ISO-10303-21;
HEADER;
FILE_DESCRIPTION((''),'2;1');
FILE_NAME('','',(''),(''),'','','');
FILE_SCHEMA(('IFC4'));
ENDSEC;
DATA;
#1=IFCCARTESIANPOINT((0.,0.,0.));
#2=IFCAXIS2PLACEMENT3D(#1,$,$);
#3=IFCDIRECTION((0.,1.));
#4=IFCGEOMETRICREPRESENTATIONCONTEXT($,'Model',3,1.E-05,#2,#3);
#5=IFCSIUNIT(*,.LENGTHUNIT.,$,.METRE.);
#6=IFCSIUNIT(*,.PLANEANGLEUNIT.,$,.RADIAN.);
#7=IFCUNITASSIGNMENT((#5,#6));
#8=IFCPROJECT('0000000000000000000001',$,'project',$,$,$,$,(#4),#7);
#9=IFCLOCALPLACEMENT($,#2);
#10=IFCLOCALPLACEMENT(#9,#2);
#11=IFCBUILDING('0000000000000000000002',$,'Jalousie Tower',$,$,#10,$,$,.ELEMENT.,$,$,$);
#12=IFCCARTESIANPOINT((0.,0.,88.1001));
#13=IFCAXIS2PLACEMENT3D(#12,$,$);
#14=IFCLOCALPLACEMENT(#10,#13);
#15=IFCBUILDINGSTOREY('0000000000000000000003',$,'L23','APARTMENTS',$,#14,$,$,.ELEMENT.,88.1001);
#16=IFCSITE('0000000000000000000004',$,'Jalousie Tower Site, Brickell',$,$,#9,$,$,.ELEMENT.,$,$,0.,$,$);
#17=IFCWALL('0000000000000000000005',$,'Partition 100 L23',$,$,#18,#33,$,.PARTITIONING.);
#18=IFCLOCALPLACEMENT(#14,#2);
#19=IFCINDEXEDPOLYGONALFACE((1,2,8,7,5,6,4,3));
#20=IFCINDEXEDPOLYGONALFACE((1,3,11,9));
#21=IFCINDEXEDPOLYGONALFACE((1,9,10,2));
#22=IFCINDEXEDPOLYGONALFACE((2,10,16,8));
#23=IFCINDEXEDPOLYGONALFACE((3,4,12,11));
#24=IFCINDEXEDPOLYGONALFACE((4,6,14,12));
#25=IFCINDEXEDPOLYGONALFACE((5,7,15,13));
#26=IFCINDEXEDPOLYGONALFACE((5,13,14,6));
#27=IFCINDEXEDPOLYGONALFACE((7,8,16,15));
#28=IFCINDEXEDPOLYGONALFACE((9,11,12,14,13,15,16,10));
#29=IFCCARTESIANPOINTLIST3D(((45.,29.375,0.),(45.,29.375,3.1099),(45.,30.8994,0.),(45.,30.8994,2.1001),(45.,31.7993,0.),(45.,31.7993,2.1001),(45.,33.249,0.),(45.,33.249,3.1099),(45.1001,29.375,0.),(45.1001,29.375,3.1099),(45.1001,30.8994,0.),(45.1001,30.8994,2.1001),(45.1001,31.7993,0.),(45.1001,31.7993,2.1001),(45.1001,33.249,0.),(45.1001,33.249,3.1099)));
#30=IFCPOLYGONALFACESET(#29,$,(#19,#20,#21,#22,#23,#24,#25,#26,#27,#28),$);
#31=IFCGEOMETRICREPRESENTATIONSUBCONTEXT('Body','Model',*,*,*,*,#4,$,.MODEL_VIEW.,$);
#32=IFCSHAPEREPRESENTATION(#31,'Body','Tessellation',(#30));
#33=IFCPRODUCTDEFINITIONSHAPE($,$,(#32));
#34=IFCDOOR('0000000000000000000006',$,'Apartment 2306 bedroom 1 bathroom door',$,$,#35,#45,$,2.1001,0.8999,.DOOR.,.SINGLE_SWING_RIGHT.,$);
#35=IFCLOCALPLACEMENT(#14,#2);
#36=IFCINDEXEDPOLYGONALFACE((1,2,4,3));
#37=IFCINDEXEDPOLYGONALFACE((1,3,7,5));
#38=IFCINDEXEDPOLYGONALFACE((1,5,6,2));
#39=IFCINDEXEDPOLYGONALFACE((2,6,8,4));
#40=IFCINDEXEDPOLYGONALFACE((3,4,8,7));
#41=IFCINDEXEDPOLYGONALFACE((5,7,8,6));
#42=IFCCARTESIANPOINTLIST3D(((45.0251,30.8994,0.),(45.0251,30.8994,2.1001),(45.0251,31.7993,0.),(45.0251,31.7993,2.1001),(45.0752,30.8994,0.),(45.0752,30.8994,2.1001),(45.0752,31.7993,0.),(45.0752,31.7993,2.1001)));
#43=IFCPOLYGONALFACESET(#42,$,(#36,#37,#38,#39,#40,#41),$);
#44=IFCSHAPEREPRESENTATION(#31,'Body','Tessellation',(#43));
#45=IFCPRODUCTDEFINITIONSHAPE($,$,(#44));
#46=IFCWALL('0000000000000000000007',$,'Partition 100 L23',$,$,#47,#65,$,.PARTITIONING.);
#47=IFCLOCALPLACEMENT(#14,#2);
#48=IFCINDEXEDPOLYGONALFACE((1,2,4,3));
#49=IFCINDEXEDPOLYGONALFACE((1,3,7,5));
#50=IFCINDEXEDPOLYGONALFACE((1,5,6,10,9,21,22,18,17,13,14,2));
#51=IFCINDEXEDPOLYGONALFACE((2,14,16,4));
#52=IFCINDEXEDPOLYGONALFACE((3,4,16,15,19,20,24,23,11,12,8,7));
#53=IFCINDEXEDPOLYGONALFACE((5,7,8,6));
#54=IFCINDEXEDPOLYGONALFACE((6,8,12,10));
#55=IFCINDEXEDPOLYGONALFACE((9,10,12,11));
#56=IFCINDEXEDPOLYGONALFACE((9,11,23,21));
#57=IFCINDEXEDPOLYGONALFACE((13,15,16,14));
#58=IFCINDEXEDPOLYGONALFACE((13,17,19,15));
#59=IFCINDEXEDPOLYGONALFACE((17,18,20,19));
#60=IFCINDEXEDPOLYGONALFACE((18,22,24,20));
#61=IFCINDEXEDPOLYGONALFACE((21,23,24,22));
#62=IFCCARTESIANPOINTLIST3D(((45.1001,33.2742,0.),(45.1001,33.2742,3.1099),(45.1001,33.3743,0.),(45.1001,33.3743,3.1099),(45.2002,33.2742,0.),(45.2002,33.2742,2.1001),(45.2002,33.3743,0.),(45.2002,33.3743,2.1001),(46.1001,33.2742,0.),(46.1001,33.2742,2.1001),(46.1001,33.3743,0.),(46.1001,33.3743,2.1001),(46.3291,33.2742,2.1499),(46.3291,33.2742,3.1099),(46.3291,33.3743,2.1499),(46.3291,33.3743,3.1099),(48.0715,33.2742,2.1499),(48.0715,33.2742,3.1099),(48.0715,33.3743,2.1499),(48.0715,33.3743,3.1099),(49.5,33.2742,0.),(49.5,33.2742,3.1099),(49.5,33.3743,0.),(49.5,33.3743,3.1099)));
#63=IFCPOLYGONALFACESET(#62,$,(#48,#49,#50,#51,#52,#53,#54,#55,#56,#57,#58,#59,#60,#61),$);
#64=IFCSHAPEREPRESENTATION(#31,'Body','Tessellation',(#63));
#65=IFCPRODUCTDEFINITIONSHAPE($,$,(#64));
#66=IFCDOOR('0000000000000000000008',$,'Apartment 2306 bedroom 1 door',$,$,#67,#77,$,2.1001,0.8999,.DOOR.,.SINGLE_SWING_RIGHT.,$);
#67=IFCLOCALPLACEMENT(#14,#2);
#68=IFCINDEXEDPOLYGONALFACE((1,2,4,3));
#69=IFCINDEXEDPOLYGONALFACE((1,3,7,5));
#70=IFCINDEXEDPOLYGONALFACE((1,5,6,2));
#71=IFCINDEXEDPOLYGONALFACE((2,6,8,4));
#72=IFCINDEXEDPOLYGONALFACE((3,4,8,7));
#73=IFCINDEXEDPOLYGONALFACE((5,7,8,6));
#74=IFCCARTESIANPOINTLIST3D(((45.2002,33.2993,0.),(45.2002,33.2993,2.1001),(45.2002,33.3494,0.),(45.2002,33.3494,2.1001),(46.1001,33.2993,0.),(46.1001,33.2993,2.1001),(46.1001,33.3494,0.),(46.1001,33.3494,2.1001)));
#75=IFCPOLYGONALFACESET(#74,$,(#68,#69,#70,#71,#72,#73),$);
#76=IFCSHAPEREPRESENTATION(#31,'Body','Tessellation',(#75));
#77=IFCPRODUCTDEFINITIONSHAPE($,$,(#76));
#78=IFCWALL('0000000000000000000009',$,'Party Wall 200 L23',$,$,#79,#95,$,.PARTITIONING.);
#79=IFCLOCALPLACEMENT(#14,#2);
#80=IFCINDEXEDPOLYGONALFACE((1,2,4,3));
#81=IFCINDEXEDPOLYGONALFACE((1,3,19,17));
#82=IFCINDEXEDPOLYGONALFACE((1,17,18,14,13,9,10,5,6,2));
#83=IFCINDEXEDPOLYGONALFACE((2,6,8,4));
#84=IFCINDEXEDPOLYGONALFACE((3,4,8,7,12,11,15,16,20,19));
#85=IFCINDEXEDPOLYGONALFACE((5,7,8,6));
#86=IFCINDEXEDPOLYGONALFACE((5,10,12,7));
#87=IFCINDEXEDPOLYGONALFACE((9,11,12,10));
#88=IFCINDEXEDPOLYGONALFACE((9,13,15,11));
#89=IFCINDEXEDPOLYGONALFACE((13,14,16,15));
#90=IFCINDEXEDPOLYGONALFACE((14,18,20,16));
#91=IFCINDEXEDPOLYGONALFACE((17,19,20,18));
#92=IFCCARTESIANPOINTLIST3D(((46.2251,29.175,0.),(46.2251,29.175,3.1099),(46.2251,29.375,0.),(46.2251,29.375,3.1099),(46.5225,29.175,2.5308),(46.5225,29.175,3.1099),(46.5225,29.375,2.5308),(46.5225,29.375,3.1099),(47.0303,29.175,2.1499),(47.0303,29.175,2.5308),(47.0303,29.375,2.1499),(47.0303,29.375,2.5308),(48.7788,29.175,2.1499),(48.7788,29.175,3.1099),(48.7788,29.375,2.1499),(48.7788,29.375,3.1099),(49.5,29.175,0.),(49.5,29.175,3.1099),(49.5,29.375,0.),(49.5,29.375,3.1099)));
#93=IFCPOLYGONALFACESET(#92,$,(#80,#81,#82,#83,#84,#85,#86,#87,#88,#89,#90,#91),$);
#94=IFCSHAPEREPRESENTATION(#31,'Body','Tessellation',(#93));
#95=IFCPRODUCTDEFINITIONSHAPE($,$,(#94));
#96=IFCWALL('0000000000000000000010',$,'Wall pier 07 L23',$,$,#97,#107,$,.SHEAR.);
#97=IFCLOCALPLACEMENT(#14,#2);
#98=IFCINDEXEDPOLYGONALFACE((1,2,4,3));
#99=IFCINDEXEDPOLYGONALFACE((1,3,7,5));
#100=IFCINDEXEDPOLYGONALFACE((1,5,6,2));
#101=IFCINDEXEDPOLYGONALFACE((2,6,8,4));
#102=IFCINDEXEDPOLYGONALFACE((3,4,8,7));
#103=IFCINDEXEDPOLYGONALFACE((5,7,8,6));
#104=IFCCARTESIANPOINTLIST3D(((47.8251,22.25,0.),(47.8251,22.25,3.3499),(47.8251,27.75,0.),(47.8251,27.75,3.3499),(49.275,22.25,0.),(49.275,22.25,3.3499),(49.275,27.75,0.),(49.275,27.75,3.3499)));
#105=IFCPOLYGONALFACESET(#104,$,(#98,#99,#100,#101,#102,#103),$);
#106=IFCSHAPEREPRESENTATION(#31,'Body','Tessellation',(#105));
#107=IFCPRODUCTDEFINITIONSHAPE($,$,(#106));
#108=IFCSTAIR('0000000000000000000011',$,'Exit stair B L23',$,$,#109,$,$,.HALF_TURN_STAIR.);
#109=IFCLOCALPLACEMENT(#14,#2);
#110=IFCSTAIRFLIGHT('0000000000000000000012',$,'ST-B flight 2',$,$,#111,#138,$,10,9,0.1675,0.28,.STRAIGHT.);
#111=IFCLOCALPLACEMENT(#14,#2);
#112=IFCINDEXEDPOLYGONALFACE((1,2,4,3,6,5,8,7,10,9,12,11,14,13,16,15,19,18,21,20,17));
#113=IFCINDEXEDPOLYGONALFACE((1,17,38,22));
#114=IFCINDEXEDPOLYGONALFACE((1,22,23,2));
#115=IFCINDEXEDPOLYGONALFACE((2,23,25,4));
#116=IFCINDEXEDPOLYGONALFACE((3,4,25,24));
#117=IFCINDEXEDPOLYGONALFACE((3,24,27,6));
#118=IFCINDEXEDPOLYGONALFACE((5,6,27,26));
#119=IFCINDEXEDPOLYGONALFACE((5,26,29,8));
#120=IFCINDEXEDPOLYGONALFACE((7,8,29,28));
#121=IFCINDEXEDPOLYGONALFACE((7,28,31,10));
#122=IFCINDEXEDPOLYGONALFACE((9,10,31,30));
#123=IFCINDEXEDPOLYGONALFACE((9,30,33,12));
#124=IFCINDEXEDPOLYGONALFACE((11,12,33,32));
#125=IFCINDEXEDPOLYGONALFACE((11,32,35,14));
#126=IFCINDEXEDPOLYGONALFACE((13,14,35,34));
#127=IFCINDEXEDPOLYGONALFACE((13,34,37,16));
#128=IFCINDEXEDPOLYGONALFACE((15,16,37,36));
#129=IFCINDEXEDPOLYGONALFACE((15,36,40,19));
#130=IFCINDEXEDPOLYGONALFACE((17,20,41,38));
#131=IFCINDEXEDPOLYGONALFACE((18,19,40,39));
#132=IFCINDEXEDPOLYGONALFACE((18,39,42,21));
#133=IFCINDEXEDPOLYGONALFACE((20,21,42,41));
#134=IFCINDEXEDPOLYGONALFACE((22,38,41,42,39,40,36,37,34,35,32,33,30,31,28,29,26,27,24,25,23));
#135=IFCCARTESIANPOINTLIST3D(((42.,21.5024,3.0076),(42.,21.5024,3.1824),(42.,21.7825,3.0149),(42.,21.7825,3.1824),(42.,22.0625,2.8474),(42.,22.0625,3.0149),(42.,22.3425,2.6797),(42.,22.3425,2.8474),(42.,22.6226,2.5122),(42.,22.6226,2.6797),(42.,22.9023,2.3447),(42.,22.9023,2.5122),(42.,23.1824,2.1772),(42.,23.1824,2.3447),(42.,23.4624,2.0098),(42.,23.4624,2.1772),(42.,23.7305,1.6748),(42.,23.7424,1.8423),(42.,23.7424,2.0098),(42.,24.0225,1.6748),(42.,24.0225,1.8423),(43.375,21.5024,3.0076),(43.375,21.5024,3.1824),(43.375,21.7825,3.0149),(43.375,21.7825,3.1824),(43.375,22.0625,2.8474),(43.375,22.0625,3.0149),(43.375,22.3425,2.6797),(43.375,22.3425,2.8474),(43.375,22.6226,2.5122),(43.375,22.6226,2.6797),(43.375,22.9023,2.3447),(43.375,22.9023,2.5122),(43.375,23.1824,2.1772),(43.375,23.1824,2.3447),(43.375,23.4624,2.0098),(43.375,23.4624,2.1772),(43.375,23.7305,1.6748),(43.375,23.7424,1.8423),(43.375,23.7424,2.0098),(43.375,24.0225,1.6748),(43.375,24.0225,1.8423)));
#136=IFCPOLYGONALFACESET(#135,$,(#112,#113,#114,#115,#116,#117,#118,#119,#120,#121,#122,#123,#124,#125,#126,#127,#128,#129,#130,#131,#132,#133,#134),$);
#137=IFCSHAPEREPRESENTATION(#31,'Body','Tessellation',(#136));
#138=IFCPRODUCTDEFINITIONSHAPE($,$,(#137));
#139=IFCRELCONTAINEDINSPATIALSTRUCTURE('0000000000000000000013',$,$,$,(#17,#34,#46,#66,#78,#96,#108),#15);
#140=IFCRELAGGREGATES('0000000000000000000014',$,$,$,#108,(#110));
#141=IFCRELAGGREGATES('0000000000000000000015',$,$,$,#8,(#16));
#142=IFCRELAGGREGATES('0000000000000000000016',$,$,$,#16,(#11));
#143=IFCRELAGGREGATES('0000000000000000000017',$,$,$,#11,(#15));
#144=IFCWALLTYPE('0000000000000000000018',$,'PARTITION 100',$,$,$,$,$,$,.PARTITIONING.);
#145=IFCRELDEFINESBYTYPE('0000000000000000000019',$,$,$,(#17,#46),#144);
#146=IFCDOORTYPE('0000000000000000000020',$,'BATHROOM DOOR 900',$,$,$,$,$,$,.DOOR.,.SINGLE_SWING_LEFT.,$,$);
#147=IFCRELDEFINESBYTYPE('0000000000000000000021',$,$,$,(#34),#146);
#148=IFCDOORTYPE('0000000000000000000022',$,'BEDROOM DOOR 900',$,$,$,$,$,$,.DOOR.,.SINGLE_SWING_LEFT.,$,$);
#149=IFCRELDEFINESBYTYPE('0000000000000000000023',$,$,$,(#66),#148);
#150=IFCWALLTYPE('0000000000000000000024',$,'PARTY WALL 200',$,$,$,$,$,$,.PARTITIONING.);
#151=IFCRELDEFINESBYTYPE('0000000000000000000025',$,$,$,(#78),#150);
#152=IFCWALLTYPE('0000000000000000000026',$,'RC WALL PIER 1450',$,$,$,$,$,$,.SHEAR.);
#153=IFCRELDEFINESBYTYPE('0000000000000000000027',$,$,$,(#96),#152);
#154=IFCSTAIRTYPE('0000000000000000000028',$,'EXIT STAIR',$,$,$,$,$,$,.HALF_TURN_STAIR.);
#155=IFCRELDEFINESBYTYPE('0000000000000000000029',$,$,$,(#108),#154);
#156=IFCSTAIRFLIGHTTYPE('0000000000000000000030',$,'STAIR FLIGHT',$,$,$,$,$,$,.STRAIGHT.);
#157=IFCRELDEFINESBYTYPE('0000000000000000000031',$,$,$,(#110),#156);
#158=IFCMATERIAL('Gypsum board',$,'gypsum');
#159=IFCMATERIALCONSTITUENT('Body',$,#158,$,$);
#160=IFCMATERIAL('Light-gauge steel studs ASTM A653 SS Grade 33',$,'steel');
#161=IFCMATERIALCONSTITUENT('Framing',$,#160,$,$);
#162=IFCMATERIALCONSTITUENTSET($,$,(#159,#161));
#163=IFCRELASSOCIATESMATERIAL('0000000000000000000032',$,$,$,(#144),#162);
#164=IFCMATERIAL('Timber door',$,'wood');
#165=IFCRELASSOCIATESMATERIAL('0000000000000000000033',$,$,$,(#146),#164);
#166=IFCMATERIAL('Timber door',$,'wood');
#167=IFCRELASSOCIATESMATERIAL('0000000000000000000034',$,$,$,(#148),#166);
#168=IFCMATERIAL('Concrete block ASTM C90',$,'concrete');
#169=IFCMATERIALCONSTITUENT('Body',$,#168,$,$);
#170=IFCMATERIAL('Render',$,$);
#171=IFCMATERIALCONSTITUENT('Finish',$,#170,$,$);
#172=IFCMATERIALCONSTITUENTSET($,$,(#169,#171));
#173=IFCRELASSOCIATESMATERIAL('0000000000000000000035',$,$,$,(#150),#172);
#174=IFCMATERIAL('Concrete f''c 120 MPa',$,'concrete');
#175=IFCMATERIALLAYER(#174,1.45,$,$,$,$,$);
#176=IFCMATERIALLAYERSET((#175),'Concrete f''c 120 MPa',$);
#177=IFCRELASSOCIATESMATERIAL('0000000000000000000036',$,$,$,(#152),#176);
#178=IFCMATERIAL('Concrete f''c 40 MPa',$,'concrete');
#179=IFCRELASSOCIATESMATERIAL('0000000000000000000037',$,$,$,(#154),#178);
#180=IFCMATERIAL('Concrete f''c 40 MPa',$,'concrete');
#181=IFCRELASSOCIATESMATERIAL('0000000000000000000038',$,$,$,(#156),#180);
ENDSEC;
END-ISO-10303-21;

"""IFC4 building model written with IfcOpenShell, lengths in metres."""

from ifc_helpers import new_model, si_unit, direction, frame, frame_2d, origin, place, context, subcontext, project, spatial, polyline, rectangle, outline, extrude, material, layer, layer_set, constituent, constituent_set, type_object, element, fill, aggregate, save


model = new_model("IFC4")

# Units and contexts
model_context = context("Model", 3, precision=1e-05, world=origin(), true_north=direction((0.0, 1.0)))
body_context = subcontext(model_context, "Body", "Model", "MODEL_VIEW")
ifc_project = project(units=[si_unit("LENGTHUNIT", "METRE"), si_unit("PLANEANGLEUNIT", "RADIAN")], contexts=[model_context])

# Site, building, storey
site_placement = place(None, origin())
site = spatial("IfcSite", under=ifc_project, at=site_placement, Name="Jalousie Tower Site, Brickell", CompositionType="ELEMENT", RefElevation=0.0)
building_placement = place(site_placement, origin())
building = spatial("IfcBuilding", under=site, at=building_placement, Name="Jalousie Tower", CompositionType="ELEMENT")
storey_placement = place(building_placement, frame((0.0, 0.0, 88.1001)))
storey = spatial("IfcBuildingStorey", under=building, at=storey_placement, Name="L23", Description="APARTMENTS", CompositionType="ELEMENT", Elevation=88.1001)

# Walls, openings, doors
ifc_material_1 = material(Name="Gypsum board", Category="gypsum")
ifc_constituent_1 = constituent(ifc_material_1, Name="Body")
ifc_material_2 = material(Name="Light-gauge steel studs ASTM A653 SS Grade 33", Category="steel")
ifc_constituent_2 = constituent(ifc_material_2, Name="Framing")
ifc_constituent_set_1 = constituent_set(constituents=[ifc_constituent_1, ifc_constituent_2])
wall_type_1 = type_object("IfcWallType", Name="PARTITION 100", PredefinedType="PARTITIONING", material=ifc_constituent_set_1)
wall_1_placement = place(storey_placement, frame((45.05, 33.249, 0.0), z_axis=(0.0, 0.0, 1.0), x_axis=(0.0, -1.0, 0.0)))
wall_1 = element("IfcWall", 1, at=wall_1_placement, inside=storey, type_object=wall_type_1, Name="Partition 100 L23", PredefinedType="PARTITIONING", context=body_context, shape_type="SweptSolid", body=[
    extrude(rectangle(XDim=3.874, YDim=0.1001, at=frame_2d((1.937, 0.0))), origin(), (0.0, 0.0, 1.0), 3.1099),
])
opening_1_placement = place(wall_1_placement, frame((1.4497, 0.0, 0.0)))
opening_1 = element("IfcOpeningElement", 2, at=opening_1_placement, cuts=wall_1, PredefinedType="OPENING", context=body_context, shape_type="SweptSolid", body=[
    extrude(rectangle(XDim=0.8999, YDim=2.1001, at=frame_2d((0.45, 1.05))), frame((0.0, 0.0601, 0.0), z_axis=(0.0, -1.0, 0.0), x_axis=(1.0, 0.0, 0.0)), (0.0, 0.0, 1.0), 0.1201),
])
ifc_material_3 = material(Name="Timber door", Category="wood")
door_type_1 = type_object("IfcDoorType", Name="BATHROOM DOOR 900", OperationType="SINGLE_SWING_LEFT", PredefinedType="DOOR", material=ifc_material_3)
door_1_placement = place(opening_1_placement, frame((0.8999, 0.0, 0.0), z_axis=(0.0, 0.0, 1.0), x_axis=(-1.0, 0.0, 0.0)))
door_1 = element("IfcDoor", 3, at=door_1_placement, inside=storey, type_object=door_type_1, Name="Apartment 2306 bedroom 1 bathroom door", OperationType="SINGLE_SWING_RIGHT", OverallHeight=2.1001, OverallWidth=0.8999, PredefinedType="DOOR", context=body_context, shape_type="SweptSolid", body=[
    extrude(rectangle(XDim=0.8999, YDim=2.1001, at=frame_2d((0.45, 1.05))), frame((0.0, 0.0249, 0.0), z_axis=(0.0, -1.0, 0.0), x_axis=(1.0, 0.0, 0.0)), (0.0, 0.0, 1.0), 0.05),
])
fill(opening_1, door_1)
wall_2_placement = place(storey_placement, frame((45.1001, 33.3242, 0.0), z_axis=(0.0, 0.0, 1.0), x_axis=(1.0, 0.0, 0.0)))
wall_2 = element("IfcWall", 4, at=wall_2_placement, inside=storey, type_object=wall_type_1, Name="Partition 100 L23", PredefinedType="PARTITIONING", context=body_context, shape_type="SweptSolid", body=[
    extrude(outline(polyline([(0.0, 0.0), (4.3999, 0.0), (4.3999, 3.1099), (2.9714, 3.1099), (2.9714, 2.1499), (1.229, 2.1499), (1.229, 3.1099), (0.0, 3.1099), (0.0, 0.0)])), frame((0.0, 0.05, 0.0), z_axis=(0.0, -1.0, 0.0), x_axis=(1.0, 0.0, 0.0)), (0.0, 0.0, 1.0), 0.1001),
])
opening_2_placement = place(wall_2_placement, frame((0.1001, 0.0, 0.0)))
opening_2 = element("IfcOpeningElement", 5, at=opening_2_placement, cuts=wall_2, PredefinedType="OPENING", context=body_context, shape_type="SweptSolid", body=[
    extrude(rectangle(XDim=0.8999, YDim=2.1001, at=frame_2d((0.45, 1.05))), frame((0.0, 0.0601, 0.0), z_axis=(0.0, -1.0, 0.0), x_axis=(1.0, 0.0, 0.0)), (0.0, 0.0, 1.0), 0.1201),
])
ifc_material_4 = material(Name="Timber door", Category="wood")
door_type_2 = type_object("IfcDoorType", Name="BEDROOM DOOR 900", OperationType="SINGLE_SWING_LEFT", PredefinedType="DOOR", material=ifc_material_4)
door_2_placement = place(opening_2_placement, frame((0.8999, 0.0, 0.0), z_axis=(0.0, 0.0, 1.0), x_axis=(-1.0, 0.0, 0.0)))
door_2 = element("IfcDoor", 6, at=door_2_placement, inside=storey, type_object=door_type_2, Name="Apartment 2306 bedroom 1 door", OperationType="SINGLE_SWING_RIGHT", OverallHeight=2.1001, OverallWidth=0.8999, PredefinedType="DOOR", context=body_context, shape_type="SweptSolid", body=[
    extrude(rectangle(XDim=0.8999, YDim=2.1001, at=frame_2d((0.45, 1.05))), frame((0.0, 0.0249, 0.0), z_axis=(0.0, -1.0, 0.0), x_axis=(1.0, 0.0, 0.0)), (0.0, 0.0, 1.0), 0.05),
])
fill(opening_2, door_2)

# Walls
ifc_material_5 = material(Name="Concrete block ASTM C90", Category="concrete")
ifc_constituent_3 = constituent(ifc_material_5, Name="Body")
ifc_material_6 = material(Name="Render")
ifc_constituent_4 = constituent(ifc_material_6, Name="Finish")
ifc_constituent_set_2 = constituent_set(constituents=[ifc_constituent_3, ifc_constituent_4])
wall_type_2 = type_object("IfcWallType", Name="PARTY WALL 200", PredefinedType="PARTITIONING", material=ifc_constituent_set_2)
wall_3_placement = place(storey_placement, frame((46.2251, 29.2749, 0.0), z_axis=(0.0, 0.0, 1.0), x_axis=(1.0, 0.0, 0.0)))
element("IfcWall", 7, at=wall_3_placement, inside=storey, type_object=wall_type_2, Name="Party Wall 200 L23", PredefinedType="PARTITIONING", context=body_context, shape_type="SweptSolid", body=[
    extrude(outline(polyline([(0.0, 0.0), (3.2749, 0.0), (3.2749, 3.1099), (2.5537, 3.1099), (2.5537, 2.1499), (0.8052, 2.1499), (0.8052, 2.5308), (0.2974, 2.5308), (0.2974, 3.1099), (0.0, 3.1099), (0.0, 0.0)])), frame((0.0, 0.1001, 0.0), z_axis=(0.0, -1.0, 0.0), x_axis=(1.0, 0.0, 0.0)), (0.0, 0.0, 1.0), 0.2),
])
ifc_material_7 = material(Name="Concrete f'c 120 MPa", Category="concrete")
ifc_layer_1 = layer(ifc_material_7, 1.45)
ifc_layer_set_1 = layer_set([ifc_layer_1], Name="Concrete f'c 120 MPa")
wall_type_3 = type_object("IfcWallType", Name="RC WALL PIER 1450", PredefinedType="SHEAR", material=ifc_layer_set_1)
wall_4_placement = place(storey_placement, frame((48.55, 22.25, 0.0), z_axis=(0.0, 0.0, 1.0), x_axis=(0.0, 1.0, 0.0)))
element("IfcWall", 8, at=wall_4_placement, inside=storey, type_object=wall_type_3, Name="Wall pier 07 L23", PredefinedType="SHEAR", context=body_context, shape_type="SweptSolid", body=[
    extrude(rectangle(XDim=5.5, YDim=1.45, at=frame_2d((2.75, 0.0))), origin(), (0.0, 0.0, 1.0), 3.3499),
])

# Stair, stair flight
ifc_material_8 = material(Name="Concrete f'c 40 MPa", Category="concrete")
stair_type = type_object("IfcStairType", Name="EXIT STAIR", PredefinedType="HALF_TURN_STAIR", material=ifc_material_8)
stair_placement = place(storey_placement, origin())
stair = element("IfcStair", 9, at=stair_placement, inside=storey, type_object=stair_type, Name="Exit stair B L23", PredefinedType="HALF_TURN_STAIR")
ifc_material_9 = material(Name="Concrete f'c 40 MPa", Category="concrete")
stair_flight_type = type_object("IfcStairFlightType", Name="STAIR FLIGHT", PredefinedType="STRAIGHT", material=ifc_material_9)
stair_flight_placement = place(storey_placement, frame((42.6875, 24.0225, 1.6748), z_axis=(0.0, 0.0, 1.0), x_axis=(0.0, -1.0, 0.0)))
stair_flight = element("IfcStairFlight", 10, at=stair_flight_placement, type_object=stair_flight_type, Name="ST-B flight 2", NumberOfRisers=10, NumberOfTreads=9, PredefinedType="STRAIGHT", RiserHeight=0.1675, TreadLength=0.28, context=body_context, shape_type="SweptSolid", body=[
    extrude(outline(polyline([(0.0, 0.0), (0.0, 0.1675), (0.28, 0.1675), (0.28, 0.335), (0.5601, 0.335), (0.5601, 0.5024), (0.8401, 0.5024), (0.8401, 0.6699), (1.1201, 0.6699), (1.1201, 0.8374), (1.3999, 0.8374), (1.3999, 1.0049), (1.6799, 1.0049), (1.6799, 1.1726), (1.96, 1.1726), (1.96, 1.3401), (2.24, 1.3401), (2.24, 1.5076), (2.52, 1.5076), (2.52, 1.675), (2.52, 1.3328), (0.292, 0.0), (0.0, 0.0)])), frame((0.0, 0.6875, 0.0), z_axis=(0.0, -1.0, 0.0), x_axis=(1.0, 0.0, 0.0)), (0.0, 0.0, 1.0), 1.375),
])
aggregate(stair, [stair_flight])

save(model, "model.ifc")
